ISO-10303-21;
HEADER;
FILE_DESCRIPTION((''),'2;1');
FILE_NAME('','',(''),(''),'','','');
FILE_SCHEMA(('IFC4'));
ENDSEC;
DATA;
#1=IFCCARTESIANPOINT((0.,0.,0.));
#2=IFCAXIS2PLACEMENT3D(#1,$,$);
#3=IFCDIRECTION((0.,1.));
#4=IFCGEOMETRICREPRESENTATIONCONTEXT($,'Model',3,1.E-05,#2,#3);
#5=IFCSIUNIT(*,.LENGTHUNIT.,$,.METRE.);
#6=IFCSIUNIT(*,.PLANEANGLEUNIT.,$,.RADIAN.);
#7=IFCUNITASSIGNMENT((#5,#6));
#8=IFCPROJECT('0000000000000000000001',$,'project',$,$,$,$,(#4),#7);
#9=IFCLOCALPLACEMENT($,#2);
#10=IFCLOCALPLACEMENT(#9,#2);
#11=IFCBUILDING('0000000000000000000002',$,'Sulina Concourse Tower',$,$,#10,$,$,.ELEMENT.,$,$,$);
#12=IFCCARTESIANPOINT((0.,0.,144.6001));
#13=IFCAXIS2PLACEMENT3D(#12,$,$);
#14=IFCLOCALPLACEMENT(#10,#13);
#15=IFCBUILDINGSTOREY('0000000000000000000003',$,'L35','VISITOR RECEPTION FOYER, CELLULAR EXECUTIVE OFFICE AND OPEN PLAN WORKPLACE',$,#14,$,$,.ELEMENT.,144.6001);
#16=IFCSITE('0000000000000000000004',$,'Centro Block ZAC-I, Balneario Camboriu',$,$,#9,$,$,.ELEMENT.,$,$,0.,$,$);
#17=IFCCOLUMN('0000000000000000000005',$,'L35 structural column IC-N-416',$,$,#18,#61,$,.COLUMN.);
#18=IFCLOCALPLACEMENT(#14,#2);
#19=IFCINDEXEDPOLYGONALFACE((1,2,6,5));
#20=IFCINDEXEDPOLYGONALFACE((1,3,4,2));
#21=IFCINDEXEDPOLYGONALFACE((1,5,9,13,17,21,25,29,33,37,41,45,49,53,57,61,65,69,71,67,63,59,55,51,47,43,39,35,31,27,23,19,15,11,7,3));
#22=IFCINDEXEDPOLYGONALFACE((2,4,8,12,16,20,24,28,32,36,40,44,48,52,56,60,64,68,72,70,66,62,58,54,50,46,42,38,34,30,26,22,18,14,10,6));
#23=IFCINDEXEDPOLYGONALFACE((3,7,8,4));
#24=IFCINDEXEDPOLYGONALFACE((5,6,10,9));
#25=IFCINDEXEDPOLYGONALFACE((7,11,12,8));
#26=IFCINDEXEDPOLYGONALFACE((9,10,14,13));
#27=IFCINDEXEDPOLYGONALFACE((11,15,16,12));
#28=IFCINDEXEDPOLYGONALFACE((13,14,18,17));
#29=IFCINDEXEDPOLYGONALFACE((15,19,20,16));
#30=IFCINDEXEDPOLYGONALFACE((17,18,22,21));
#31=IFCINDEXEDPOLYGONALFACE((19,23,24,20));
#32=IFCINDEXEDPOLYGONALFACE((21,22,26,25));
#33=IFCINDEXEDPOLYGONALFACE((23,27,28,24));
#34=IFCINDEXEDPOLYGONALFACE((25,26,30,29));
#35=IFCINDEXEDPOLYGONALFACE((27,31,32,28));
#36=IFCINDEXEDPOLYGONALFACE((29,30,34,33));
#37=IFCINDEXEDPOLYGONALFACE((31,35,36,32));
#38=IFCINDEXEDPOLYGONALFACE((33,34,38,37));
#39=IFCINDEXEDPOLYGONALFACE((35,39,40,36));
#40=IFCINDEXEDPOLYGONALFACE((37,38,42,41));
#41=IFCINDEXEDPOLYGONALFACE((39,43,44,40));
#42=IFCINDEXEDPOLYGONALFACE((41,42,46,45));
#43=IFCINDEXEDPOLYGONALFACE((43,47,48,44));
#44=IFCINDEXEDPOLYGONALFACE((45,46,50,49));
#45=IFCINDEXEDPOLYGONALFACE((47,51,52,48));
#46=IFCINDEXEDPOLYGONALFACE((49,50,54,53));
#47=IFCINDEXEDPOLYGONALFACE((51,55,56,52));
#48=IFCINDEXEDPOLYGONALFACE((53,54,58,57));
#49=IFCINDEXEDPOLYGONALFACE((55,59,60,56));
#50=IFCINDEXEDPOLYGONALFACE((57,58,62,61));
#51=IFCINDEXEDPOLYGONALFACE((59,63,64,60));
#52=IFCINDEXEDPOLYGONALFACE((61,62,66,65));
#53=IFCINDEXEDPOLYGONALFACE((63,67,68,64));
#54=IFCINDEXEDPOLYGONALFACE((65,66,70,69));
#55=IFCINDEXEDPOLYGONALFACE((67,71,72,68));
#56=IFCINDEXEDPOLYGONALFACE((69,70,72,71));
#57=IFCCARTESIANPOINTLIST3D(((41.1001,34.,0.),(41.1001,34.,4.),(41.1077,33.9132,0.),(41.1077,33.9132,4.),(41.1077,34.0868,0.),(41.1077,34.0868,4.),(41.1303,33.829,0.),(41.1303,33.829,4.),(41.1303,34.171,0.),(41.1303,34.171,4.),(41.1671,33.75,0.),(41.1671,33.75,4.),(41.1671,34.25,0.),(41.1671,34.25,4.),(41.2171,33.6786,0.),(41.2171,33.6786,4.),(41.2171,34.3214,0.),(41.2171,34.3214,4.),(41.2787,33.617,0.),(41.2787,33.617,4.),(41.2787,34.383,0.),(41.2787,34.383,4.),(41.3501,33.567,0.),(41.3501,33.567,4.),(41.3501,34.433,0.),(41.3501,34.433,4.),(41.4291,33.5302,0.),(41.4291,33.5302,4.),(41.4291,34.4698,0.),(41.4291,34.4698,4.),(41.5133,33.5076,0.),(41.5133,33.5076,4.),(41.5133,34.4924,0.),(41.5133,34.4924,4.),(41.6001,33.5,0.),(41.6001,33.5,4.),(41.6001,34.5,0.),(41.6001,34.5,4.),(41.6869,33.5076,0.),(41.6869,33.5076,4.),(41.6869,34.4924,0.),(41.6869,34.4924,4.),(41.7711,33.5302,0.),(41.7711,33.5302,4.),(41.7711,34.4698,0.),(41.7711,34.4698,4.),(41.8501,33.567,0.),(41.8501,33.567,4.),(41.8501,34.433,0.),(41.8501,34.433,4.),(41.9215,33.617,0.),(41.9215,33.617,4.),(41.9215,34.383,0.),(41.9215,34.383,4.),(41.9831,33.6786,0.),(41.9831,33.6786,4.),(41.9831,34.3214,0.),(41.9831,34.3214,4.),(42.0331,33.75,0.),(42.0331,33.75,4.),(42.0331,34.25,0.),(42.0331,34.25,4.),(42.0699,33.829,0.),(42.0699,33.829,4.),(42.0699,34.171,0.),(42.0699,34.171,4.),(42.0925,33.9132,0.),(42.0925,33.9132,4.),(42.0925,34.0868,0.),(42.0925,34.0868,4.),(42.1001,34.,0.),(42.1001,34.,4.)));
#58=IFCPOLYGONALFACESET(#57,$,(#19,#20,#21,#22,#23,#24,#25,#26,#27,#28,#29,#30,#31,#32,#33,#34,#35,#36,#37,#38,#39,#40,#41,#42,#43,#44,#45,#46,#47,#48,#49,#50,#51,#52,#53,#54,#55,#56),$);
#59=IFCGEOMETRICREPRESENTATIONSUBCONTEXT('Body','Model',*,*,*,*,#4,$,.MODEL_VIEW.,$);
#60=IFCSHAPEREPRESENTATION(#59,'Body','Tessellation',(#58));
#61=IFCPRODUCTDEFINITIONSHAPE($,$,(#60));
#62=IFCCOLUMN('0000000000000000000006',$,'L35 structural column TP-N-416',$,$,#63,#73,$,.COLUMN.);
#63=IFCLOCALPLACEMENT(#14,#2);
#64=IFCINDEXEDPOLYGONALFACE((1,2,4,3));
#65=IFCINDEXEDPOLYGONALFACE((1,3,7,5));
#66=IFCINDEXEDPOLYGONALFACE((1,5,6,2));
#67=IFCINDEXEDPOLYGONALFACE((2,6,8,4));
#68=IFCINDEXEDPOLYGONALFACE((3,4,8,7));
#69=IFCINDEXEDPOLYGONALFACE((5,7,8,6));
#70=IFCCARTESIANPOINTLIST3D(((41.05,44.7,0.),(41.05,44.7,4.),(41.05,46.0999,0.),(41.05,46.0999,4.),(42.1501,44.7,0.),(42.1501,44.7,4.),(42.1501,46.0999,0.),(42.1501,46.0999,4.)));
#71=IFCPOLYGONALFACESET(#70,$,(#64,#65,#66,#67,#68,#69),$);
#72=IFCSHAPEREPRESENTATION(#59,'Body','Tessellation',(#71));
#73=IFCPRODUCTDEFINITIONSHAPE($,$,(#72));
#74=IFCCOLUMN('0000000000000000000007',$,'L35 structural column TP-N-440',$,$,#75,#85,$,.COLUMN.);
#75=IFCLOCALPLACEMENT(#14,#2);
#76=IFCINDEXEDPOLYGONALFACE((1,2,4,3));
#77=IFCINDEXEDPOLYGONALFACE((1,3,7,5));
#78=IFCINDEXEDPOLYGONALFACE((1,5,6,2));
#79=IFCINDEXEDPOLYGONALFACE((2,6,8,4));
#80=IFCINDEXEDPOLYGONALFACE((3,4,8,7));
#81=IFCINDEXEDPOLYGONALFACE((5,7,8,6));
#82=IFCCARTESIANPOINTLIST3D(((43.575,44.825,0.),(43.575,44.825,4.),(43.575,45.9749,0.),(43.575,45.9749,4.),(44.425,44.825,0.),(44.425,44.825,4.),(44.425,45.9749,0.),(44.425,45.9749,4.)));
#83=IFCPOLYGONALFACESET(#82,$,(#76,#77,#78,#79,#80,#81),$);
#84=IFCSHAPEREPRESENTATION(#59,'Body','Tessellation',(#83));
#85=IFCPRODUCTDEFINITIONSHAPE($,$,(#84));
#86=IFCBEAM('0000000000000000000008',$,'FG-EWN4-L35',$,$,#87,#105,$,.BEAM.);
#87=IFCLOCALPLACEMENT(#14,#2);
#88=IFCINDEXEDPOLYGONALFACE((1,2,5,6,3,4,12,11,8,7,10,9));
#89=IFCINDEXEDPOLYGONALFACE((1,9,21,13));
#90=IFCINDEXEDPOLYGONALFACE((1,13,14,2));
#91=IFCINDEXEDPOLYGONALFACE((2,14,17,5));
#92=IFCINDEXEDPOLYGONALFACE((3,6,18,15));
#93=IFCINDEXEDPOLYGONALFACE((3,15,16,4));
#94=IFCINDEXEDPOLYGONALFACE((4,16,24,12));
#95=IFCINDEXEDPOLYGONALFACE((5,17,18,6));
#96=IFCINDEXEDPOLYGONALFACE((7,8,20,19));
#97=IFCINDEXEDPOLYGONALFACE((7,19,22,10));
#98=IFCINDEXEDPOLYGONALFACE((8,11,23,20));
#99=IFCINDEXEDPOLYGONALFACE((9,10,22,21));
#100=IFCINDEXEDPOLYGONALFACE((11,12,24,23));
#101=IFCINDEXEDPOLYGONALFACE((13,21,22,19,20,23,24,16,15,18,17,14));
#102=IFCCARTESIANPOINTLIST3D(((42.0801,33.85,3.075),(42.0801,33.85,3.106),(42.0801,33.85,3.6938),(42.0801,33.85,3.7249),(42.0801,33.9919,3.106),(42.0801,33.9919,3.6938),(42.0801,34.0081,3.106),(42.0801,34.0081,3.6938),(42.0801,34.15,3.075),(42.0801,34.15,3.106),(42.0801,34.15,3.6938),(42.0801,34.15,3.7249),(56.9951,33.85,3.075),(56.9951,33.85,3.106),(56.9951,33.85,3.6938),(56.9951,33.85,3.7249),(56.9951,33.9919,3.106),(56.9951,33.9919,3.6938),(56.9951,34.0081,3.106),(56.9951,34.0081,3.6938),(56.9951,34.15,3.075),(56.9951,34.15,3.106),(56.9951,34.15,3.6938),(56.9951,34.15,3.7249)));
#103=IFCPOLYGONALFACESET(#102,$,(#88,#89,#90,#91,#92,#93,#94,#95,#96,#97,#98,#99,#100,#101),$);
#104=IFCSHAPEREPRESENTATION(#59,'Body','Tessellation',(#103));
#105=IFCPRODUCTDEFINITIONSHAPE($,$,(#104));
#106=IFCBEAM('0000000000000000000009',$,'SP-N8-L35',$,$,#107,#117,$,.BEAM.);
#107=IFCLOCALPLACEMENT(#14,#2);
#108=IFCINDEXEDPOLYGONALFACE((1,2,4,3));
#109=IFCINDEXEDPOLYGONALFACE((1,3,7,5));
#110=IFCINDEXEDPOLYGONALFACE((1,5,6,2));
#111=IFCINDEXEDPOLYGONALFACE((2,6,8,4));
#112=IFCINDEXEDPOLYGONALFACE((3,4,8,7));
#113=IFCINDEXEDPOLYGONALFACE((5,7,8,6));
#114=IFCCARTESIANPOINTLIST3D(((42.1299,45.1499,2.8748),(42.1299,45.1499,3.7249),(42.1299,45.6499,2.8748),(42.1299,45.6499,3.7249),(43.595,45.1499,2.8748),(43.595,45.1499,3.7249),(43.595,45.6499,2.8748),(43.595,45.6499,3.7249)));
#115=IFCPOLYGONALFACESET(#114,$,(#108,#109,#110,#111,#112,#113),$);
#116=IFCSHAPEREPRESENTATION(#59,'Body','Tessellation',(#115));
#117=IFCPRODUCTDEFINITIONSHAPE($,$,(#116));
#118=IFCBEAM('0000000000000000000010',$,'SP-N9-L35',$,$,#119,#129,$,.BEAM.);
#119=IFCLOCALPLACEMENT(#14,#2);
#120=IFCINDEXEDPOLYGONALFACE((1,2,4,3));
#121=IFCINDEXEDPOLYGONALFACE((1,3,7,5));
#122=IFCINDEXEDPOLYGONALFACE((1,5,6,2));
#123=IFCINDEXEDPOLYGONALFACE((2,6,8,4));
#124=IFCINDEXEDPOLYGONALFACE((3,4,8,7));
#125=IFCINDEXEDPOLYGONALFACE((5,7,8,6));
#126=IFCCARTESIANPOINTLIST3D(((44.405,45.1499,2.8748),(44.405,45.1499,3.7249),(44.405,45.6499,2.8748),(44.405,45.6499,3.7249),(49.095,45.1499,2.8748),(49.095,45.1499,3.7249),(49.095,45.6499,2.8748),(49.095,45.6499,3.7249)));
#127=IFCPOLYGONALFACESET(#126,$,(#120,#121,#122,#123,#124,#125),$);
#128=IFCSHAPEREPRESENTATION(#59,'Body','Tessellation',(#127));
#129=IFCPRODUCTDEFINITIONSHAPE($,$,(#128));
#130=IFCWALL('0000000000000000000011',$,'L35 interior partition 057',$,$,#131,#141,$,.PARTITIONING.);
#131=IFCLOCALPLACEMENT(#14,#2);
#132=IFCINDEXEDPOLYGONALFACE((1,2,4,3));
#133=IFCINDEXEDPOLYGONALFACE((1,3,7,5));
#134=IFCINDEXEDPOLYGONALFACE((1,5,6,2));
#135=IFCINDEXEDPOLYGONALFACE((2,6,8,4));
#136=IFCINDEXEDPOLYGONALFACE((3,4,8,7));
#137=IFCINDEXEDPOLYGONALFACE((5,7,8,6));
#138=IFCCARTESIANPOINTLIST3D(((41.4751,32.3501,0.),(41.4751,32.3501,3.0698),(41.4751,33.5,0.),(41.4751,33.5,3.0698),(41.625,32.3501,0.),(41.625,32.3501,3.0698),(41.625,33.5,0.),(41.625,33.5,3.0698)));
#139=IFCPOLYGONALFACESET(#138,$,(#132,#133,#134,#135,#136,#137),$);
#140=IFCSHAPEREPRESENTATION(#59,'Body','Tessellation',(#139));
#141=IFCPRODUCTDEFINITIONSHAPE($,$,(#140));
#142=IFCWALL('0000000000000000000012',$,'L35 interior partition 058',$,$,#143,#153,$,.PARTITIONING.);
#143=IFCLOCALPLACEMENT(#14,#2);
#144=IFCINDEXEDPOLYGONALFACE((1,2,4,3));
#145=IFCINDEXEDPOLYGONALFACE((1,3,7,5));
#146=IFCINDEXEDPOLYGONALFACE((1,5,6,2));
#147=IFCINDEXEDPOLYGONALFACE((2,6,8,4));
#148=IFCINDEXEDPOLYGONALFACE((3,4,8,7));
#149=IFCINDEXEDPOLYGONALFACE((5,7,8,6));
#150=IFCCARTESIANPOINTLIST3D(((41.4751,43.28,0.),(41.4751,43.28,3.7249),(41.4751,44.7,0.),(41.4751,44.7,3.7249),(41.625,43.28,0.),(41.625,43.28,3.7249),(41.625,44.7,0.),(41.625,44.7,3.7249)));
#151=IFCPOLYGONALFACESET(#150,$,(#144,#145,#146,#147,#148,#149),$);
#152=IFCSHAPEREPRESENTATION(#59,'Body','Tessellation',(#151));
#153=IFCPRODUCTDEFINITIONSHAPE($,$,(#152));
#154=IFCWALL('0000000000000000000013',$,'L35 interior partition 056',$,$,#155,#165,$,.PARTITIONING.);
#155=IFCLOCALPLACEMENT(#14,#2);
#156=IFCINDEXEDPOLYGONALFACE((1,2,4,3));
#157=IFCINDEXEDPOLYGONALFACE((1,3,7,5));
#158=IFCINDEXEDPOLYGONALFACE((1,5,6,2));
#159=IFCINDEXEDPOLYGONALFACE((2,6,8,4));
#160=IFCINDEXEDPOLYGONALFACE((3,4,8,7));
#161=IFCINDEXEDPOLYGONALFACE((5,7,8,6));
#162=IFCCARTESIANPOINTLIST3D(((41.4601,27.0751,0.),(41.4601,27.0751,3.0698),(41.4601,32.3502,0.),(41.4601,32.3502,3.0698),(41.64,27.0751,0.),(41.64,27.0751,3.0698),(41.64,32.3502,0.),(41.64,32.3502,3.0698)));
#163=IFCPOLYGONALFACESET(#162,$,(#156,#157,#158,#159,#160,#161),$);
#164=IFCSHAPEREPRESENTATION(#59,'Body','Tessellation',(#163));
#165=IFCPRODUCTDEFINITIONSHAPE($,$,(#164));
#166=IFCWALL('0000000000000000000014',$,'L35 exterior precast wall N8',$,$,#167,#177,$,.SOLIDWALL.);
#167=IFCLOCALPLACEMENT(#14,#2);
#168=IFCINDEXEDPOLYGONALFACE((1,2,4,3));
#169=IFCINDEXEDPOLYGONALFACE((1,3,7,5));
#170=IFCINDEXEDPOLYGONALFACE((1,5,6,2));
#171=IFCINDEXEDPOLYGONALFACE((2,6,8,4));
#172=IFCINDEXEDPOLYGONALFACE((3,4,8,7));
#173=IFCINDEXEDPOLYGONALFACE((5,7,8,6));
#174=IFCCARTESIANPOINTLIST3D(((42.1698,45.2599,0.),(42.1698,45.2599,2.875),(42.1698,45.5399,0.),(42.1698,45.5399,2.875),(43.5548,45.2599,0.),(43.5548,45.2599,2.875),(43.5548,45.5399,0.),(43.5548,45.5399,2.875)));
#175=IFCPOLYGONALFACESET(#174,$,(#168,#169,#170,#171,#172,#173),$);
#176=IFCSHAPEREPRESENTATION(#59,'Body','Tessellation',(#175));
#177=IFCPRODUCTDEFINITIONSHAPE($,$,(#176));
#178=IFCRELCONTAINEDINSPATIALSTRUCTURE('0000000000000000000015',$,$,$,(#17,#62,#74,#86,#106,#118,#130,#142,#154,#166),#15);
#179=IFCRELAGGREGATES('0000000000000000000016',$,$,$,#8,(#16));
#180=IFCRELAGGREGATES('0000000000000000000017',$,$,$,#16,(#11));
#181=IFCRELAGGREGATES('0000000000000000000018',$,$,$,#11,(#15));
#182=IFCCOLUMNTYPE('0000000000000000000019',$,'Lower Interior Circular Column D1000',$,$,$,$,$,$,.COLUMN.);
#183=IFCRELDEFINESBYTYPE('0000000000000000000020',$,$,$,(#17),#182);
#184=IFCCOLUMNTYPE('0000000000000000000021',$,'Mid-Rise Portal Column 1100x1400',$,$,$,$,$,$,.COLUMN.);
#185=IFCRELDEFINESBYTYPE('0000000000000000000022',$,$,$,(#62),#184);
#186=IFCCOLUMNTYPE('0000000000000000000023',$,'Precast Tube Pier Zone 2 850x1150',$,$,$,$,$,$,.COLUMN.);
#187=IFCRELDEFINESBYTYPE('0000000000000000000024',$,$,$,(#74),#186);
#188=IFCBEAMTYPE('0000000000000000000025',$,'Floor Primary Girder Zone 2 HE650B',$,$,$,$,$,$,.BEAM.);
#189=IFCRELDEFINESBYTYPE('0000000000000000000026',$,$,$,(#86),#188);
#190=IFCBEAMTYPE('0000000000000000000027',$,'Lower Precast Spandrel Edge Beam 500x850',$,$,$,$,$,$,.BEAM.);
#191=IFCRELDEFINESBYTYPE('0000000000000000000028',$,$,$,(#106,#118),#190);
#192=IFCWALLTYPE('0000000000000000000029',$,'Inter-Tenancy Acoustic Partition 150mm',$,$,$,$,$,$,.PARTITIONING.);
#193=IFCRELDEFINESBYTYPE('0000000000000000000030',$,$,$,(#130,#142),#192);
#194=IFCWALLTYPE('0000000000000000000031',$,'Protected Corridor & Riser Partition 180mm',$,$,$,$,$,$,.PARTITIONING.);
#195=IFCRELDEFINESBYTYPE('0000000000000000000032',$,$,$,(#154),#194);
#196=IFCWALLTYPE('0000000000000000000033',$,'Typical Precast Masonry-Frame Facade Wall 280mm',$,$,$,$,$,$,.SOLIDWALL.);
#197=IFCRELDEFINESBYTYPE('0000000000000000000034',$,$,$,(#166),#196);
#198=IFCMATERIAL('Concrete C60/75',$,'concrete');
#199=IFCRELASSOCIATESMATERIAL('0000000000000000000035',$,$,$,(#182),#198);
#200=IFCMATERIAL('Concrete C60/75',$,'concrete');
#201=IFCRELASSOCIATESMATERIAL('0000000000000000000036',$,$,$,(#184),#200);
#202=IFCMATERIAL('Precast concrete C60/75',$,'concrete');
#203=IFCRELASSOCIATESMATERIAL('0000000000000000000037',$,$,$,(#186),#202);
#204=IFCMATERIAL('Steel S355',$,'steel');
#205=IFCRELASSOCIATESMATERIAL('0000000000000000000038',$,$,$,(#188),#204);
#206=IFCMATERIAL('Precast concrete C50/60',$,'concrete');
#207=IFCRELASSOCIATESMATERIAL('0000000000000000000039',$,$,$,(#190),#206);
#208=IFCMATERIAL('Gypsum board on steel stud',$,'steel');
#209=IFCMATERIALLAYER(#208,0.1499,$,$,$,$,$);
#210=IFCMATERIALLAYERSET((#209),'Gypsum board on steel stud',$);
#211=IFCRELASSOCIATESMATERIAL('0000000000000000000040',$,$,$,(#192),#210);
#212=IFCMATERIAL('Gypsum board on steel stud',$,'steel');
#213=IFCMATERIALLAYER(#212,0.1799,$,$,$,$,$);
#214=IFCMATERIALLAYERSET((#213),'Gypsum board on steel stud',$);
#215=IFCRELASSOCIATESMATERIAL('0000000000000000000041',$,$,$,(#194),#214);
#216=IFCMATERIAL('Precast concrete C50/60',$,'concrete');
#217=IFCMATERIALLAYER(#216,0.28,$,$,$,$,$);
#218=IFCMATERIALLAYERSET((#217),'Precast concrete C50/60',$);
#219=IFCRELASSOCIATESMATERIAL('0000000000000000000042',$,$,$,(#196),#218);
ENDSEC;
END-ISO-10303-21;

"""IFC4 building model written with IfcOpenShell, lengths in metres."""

from ifc_helpers import new_model, si_unit, direction, frame, frame_2d, origin, origin_2d, place, context, subcontext, project, spatial, rectangle, circle, i_section, extrude, material, layer, layer_set, material_profile, profile_set, type_object, element, save


model = new_model("IFC4")

# Units and contexts
model_context = context("Model", 3, precision=1e-05, world=origin(), true_north=direction((0.0, 1.0)))
body_context = subcontext(model_context, "Body", "Model", "MODEL_VIEW")
ifc_project = project(units=[si_unit("LENGTHUNIT", "METRE"), si_unit("PLANEANGLEUNIT", "RADIAN")], contexts=[model_context])

# Site, building, storey
site_placement = place(None, origin())
site = spatial("IfcSite", under=ifc_project, at=site_placement, Name="Centro Block ZAC-I, Balneario Camboriu", CompositionType="ELEMENT", RefElevation=0.0)
building_placement = place(site_placement, origin())
building = spatial("IfcBuilding", under=site, at=building_placement, Name="Sulina Concourse Tower", CompositionType="ELEMENT")
storey_placement = place(building_placement, frame((0.0, 0.0, 144.6001)))
storey = spatial("IfcBuildingStorey", under=building, at=storey_placement, Name="L35", Description="VISITOR RECEPTION FOYER, CELLULAR EXECUTIVE OFFICE AND OPEN PLAN WORKPLACE", CompositionType="ELEMENT", Elevation=144.6001)

# Columns
ifc_material_1 = material(Name="Concrete C60/75", Category="concrete")
ifc_material_profile_1 = material_profile(ifc_material_1, circle(Radius=0.5, at=origin_2d()), Name="RC D1000")
ifc_profile_set_1 = profile_set([ifc_material_profile_1], Name="Concrete C60/75")
column_type_1 = type_object("IfcColumnType", Name="Lower Interior Circular Column D1000", PredefinedType="COLUMN", material=ifc_profile_set_1)
column_1_placement = place(storey_placement, frame((41.6001, 34.0, 0.0), z_axis=(0.0, 0.0, 1.0), x_axis=(1.0, 0.0, 0.0)))
element("IfcColumn", 1, at=column_1_placement, inside=storey, type_object=column_type_1, Name="L35 structural column IC-N-416", PredefinedType="COLUMN", context=body_context, shape_type="SweptSolid", body=[
    extrude(circle(Radius=0.5, at=origin_2d()), origin(), (0.0, 0.0, 1.0), 4.0),
])
ifc_material_2 = material(Name="Concrete C60/75", Category="concrete")
ifc_material_profile_2 = material_profile(ifc_material_2, rectangle(XDim=1.1001, YDim=1.3999, at=origin_2d()), Name="RC 1100x1400")
ifc_profile_set_2 = profile_set([ifc_material_profile_2], Name="Concrete C60/75")
column_type_2 = type_object("IfcColumnType", Name="Mid-Rise Portal Column 1100x1400", PredefinedType="COLUMN", material=ifc_profile_set_2)
column_2_placement = place(storey_placement, frame((41.6001, 45.3999, 0.0), z_axis=(0.0, 0.0, 1.0), x_axis=(1.0, 0.0, 0.0)))
element("IfcColumn", 2, at=column_2_placement, inside=storey, type_object=column_type_2, Name="L35 structural column TP-N-416", PredefinedType="COLUMN", context=body_context, shape_type="SweptSolid", body=[
    extrude(rectangle(XDim=1.1001, YDim=1.3999, at=origin_2d()), origin(), (0.0, 0.0, 1.0), 4.0),
])
ifc_material_3 = material(Name="Precast concrete C60/75", Category="concrete")
ifc_material_profile_3 = material_profile(ifc_material_3, rectangle(XDim=0.8501, YDim=1.1499, at=origin_2d()), Name="PC 850x1150")
ifc_profile_set_3 = profile_set([ifc_material_profile_3], Name="Precast concrete C60/75")
column_type_3 = type_object("IfcColumnType", Name="Precast Tube Pier Zone 2 850x1150", PredefinedType="COLUMN", material=ifc_profile_set_3)
column_3_placement = place(storey_placement, frame((44.0, 45.3999, 0.0), z_axis=(0.0, 0.0, 1.0), x_axis=(1.0, 0.0, 0.0)))
element("IfcColumn", 3, at=column_3_placement, inside=storey, type_object=column_type_3, Name="L35 structural column TP-N-440", PredefinedType="COLUMN", context=body_context, shape_type="SweptSolid", body=[
    extrude(rectangle(XDim=0.8501, YDim=1.1499, at=origin_2d()), origin(), (0.0, 0.0, 1.0), 4.0),
])

# Beams
ifc_material_4 = material(Name="Steel S355", Category="steel")
ifc_material_profile_4 = material_profile(ifc_material_4, i_section(OverallWidth=0.3, OverallDepth=0.6499, WebThickness=0.0161, FlangeThickness=0.031, at=origin_2d()), Name="HE 650 B")
ifc_profile_set_4 = profile_set([ifc_material_profile_4], Name="Steel S355")
beam_type_1 = type_object("IfcBeamType", Name="Floor Primary Girder Zone 2 HE650B", PredefinedType="BEAM", material=ifc_profile_set_4)
beam_1_placement = place(storey_placement, frame((42.0801, 34.0, 3.3999), z_axis=(1.0, 0.0, 0.0), x_axis=(0.0, 1.0, 0.0)))
element("IfcBeam", 4, at=beam_1_placement, inside=storey, type_object=beam_type_1, Name="FG-EWN4-L35", PredefinedType="BEAM", context=body_context, shape_type="SweptSolid", body=[
    extrude(i_section(OverallWidth=0.3, OverallDepth=0.6499, WebThickness=0.0161, FlangeThickness=0.031, at=origin_2d()), origin(), (0.0, 0.0, 1.0), 14.915),
])
ifc_material_5 = material(Name="Precast concrete C50/60", Category="concrete")
ifc_material_profile_5 = material_profile(ifc_material_5, rectangle(XDim=0.5, YDim=0.8501, at=origin_2d()), Name="RC 500x850")
ifc_profile_set_5 = profile_set([ifc_material_profile_5], Name="Precast concrete C50/60")
beam_type_2 = type_object("IfcBeamType", Name="Lower Precast Spandrel Edge Beam 500x850", PredefinedType="BEAM", material=ifc_profile_set_5)
beam_2_placement = place(storey_placement, frame((42.1299, 45.3999, 3.2998), z_axis=(1.0, 0.0, 0.0), x_axis=(0.0, 1.0, 0.0)))
element("IfcBeam", 5, at=beam_2_placement, inside=storey, type_object=beam_type_2, Name="SP-N8-L35", PredefinedType="BEAM", context=body_context, shape_type="SweptSolid", body=[
    extrude(rectangle(XDim=0.5, YDim=0.8501, at=origin_2d()), origin(), (0.0, 0.0, 1.0), 1.4651),
])
beam_3_placement = place(storey_placement, frame((44.405, 45.3999, 3.2998), z_axis=(1.0, 0.0, 0.0), x_axis=(0.0, 1.0, 0.0)))
element("IfcBeam", 6, at=beam_3_placement, inside=storey, type_object=beam_type_2, Name="SP-N9-L35", PredefinedType="BEAM", context=body_context, shape_type="SweptSolid", body=[
    extrude(rectangle(XDim=0.5, YDim=0.8501, at=origin_2d()), origin(), (0.0, 0.0, 1.0), 4.6899),
])

# Walls
ifc_material_6 = material(Name="Gypsum board on steel stud", Category="steel")
ifc_layer_1 = layer(ifc_material_6, 0.1499)
ifc_layer_set_1 = layer_set([ifc_layer_1], Name="Gypsum board on steel stud")
wall_type_1 = type_object("IfcWallType", Name="Inter-Tenancy Acoustic Partition 150mm", PredefinedType="PARTITIONING", material=ifc_layer_set_1)
wall_1_placement = place(storey_placement, frame((41.55, 32.3501, 0.0), z_axis=(0.0, 0.0, 1.0), x_axis=(0.0, 1.0, 0.0)))
element("IfcWall", 7, at=wall_1_placement, inside=storey, type_object=wall_type_1, Name="L35 interior partition 057", PredefinedType="PARTITIONING", context=body_context, shape_type="SweptSolid", body=[
    extrude(rectangle(XDim=1.1499, YDim=0.1499, at=frame_2d((0.575, 0.0))), origin(), (0.0, 0.0, 1.0), 3.0698),
])
wall_2_placement = place(storey_placement, frame((41.55, 43.28, 0.0), z_axis=(0.0, 0.0, 1.0), x_axis=(0.0, 1.0, 0.0)))
element("IfcWall", 8, at=wall_2_placement, inside=storey, type_object=wall_type_1, Name="L35 interior partition 058", PredefinedType="PARTITIONING", context=body_context, shape_type="SweptSolid", body=[
    extrude(rectangle(XDim=1.4199, YDim=0.1499, at=frame_2d((0.71, 0.0))), origin(), (0.0, 0.0, 1.0), 3.7249),
])
ifc_material_7 = material(Name="Gypsum board on steel stud", Category="steel")
ifc_layer_2 = layer(ifc_material_7, 0.1799)
ifc_layer_set_2 = layer_set([ifc_layer_2], Name="Gypsum board on steel stud")
wall_type_2 = type_object("IfcWallType", Name="Protected Corridor & Riser Partition 180mm", PredefinedType="PARTITIONING", material=ifc_layer_set_2)
wall_3_placement = place(storey_placement, frame((41.55, 27.075, 0.0), z_axis=(0.0, 0.0, 1.0), x_axis=(0.0, 1.0, 0.0)))
element("IfcWall", 9, at=wall_3_placement, inside=storey, type_object=wall_type_2, Name="L35 interior partition 056", PredefinedType="PARTITIONING", context=body_context, shape_type="SweptSolid", body=[
    extrude(rectangle(XDim=5.2751, YDim=0.1799, at=frame_2d((2.6377, 0.0))), origin(), (0.0, 0.0, 1.0), 3.0698),
])
ifc_material_8 = material(Name="Precast concrete C50/60", Category="concrete")
ifc_layer_3 = layer(ifc_material_8, 0.28)
ifc_layer_set_3 = layer_set([ifc_layer_3], Name="Precast concrete C50/60")
wall_type_3 = type_object("IfcWallType", Name="Typical Precast Masonry-Frame Facade Wall 280mm", PredefinedType="SOLIDWALL", material=ifc_layer_set_3)
wall_4_placement = place(storey_placement, frame((42.1699, 45.3999, 0.0), z_axis=(0.0, 0.0, 1.0), x_axis=(1.0, 0.0, 0.0)))
element("IfcWall", 10, at=wall_4_placement, inside=storey, type_object=wall_type_3, Name="L35 exterior precast wall N8", PredefinedType="SOLIDWALL", context=body_context, shape_type="SweptSolid", body=[
    extrude(rectangle(XDim=1.385, YDim=0.28, at=frame_2d((0.6924, 0.0))), origin(), (0.0, 0.0, 1.0), 2.875),
])

save(model, "model.ifc")
